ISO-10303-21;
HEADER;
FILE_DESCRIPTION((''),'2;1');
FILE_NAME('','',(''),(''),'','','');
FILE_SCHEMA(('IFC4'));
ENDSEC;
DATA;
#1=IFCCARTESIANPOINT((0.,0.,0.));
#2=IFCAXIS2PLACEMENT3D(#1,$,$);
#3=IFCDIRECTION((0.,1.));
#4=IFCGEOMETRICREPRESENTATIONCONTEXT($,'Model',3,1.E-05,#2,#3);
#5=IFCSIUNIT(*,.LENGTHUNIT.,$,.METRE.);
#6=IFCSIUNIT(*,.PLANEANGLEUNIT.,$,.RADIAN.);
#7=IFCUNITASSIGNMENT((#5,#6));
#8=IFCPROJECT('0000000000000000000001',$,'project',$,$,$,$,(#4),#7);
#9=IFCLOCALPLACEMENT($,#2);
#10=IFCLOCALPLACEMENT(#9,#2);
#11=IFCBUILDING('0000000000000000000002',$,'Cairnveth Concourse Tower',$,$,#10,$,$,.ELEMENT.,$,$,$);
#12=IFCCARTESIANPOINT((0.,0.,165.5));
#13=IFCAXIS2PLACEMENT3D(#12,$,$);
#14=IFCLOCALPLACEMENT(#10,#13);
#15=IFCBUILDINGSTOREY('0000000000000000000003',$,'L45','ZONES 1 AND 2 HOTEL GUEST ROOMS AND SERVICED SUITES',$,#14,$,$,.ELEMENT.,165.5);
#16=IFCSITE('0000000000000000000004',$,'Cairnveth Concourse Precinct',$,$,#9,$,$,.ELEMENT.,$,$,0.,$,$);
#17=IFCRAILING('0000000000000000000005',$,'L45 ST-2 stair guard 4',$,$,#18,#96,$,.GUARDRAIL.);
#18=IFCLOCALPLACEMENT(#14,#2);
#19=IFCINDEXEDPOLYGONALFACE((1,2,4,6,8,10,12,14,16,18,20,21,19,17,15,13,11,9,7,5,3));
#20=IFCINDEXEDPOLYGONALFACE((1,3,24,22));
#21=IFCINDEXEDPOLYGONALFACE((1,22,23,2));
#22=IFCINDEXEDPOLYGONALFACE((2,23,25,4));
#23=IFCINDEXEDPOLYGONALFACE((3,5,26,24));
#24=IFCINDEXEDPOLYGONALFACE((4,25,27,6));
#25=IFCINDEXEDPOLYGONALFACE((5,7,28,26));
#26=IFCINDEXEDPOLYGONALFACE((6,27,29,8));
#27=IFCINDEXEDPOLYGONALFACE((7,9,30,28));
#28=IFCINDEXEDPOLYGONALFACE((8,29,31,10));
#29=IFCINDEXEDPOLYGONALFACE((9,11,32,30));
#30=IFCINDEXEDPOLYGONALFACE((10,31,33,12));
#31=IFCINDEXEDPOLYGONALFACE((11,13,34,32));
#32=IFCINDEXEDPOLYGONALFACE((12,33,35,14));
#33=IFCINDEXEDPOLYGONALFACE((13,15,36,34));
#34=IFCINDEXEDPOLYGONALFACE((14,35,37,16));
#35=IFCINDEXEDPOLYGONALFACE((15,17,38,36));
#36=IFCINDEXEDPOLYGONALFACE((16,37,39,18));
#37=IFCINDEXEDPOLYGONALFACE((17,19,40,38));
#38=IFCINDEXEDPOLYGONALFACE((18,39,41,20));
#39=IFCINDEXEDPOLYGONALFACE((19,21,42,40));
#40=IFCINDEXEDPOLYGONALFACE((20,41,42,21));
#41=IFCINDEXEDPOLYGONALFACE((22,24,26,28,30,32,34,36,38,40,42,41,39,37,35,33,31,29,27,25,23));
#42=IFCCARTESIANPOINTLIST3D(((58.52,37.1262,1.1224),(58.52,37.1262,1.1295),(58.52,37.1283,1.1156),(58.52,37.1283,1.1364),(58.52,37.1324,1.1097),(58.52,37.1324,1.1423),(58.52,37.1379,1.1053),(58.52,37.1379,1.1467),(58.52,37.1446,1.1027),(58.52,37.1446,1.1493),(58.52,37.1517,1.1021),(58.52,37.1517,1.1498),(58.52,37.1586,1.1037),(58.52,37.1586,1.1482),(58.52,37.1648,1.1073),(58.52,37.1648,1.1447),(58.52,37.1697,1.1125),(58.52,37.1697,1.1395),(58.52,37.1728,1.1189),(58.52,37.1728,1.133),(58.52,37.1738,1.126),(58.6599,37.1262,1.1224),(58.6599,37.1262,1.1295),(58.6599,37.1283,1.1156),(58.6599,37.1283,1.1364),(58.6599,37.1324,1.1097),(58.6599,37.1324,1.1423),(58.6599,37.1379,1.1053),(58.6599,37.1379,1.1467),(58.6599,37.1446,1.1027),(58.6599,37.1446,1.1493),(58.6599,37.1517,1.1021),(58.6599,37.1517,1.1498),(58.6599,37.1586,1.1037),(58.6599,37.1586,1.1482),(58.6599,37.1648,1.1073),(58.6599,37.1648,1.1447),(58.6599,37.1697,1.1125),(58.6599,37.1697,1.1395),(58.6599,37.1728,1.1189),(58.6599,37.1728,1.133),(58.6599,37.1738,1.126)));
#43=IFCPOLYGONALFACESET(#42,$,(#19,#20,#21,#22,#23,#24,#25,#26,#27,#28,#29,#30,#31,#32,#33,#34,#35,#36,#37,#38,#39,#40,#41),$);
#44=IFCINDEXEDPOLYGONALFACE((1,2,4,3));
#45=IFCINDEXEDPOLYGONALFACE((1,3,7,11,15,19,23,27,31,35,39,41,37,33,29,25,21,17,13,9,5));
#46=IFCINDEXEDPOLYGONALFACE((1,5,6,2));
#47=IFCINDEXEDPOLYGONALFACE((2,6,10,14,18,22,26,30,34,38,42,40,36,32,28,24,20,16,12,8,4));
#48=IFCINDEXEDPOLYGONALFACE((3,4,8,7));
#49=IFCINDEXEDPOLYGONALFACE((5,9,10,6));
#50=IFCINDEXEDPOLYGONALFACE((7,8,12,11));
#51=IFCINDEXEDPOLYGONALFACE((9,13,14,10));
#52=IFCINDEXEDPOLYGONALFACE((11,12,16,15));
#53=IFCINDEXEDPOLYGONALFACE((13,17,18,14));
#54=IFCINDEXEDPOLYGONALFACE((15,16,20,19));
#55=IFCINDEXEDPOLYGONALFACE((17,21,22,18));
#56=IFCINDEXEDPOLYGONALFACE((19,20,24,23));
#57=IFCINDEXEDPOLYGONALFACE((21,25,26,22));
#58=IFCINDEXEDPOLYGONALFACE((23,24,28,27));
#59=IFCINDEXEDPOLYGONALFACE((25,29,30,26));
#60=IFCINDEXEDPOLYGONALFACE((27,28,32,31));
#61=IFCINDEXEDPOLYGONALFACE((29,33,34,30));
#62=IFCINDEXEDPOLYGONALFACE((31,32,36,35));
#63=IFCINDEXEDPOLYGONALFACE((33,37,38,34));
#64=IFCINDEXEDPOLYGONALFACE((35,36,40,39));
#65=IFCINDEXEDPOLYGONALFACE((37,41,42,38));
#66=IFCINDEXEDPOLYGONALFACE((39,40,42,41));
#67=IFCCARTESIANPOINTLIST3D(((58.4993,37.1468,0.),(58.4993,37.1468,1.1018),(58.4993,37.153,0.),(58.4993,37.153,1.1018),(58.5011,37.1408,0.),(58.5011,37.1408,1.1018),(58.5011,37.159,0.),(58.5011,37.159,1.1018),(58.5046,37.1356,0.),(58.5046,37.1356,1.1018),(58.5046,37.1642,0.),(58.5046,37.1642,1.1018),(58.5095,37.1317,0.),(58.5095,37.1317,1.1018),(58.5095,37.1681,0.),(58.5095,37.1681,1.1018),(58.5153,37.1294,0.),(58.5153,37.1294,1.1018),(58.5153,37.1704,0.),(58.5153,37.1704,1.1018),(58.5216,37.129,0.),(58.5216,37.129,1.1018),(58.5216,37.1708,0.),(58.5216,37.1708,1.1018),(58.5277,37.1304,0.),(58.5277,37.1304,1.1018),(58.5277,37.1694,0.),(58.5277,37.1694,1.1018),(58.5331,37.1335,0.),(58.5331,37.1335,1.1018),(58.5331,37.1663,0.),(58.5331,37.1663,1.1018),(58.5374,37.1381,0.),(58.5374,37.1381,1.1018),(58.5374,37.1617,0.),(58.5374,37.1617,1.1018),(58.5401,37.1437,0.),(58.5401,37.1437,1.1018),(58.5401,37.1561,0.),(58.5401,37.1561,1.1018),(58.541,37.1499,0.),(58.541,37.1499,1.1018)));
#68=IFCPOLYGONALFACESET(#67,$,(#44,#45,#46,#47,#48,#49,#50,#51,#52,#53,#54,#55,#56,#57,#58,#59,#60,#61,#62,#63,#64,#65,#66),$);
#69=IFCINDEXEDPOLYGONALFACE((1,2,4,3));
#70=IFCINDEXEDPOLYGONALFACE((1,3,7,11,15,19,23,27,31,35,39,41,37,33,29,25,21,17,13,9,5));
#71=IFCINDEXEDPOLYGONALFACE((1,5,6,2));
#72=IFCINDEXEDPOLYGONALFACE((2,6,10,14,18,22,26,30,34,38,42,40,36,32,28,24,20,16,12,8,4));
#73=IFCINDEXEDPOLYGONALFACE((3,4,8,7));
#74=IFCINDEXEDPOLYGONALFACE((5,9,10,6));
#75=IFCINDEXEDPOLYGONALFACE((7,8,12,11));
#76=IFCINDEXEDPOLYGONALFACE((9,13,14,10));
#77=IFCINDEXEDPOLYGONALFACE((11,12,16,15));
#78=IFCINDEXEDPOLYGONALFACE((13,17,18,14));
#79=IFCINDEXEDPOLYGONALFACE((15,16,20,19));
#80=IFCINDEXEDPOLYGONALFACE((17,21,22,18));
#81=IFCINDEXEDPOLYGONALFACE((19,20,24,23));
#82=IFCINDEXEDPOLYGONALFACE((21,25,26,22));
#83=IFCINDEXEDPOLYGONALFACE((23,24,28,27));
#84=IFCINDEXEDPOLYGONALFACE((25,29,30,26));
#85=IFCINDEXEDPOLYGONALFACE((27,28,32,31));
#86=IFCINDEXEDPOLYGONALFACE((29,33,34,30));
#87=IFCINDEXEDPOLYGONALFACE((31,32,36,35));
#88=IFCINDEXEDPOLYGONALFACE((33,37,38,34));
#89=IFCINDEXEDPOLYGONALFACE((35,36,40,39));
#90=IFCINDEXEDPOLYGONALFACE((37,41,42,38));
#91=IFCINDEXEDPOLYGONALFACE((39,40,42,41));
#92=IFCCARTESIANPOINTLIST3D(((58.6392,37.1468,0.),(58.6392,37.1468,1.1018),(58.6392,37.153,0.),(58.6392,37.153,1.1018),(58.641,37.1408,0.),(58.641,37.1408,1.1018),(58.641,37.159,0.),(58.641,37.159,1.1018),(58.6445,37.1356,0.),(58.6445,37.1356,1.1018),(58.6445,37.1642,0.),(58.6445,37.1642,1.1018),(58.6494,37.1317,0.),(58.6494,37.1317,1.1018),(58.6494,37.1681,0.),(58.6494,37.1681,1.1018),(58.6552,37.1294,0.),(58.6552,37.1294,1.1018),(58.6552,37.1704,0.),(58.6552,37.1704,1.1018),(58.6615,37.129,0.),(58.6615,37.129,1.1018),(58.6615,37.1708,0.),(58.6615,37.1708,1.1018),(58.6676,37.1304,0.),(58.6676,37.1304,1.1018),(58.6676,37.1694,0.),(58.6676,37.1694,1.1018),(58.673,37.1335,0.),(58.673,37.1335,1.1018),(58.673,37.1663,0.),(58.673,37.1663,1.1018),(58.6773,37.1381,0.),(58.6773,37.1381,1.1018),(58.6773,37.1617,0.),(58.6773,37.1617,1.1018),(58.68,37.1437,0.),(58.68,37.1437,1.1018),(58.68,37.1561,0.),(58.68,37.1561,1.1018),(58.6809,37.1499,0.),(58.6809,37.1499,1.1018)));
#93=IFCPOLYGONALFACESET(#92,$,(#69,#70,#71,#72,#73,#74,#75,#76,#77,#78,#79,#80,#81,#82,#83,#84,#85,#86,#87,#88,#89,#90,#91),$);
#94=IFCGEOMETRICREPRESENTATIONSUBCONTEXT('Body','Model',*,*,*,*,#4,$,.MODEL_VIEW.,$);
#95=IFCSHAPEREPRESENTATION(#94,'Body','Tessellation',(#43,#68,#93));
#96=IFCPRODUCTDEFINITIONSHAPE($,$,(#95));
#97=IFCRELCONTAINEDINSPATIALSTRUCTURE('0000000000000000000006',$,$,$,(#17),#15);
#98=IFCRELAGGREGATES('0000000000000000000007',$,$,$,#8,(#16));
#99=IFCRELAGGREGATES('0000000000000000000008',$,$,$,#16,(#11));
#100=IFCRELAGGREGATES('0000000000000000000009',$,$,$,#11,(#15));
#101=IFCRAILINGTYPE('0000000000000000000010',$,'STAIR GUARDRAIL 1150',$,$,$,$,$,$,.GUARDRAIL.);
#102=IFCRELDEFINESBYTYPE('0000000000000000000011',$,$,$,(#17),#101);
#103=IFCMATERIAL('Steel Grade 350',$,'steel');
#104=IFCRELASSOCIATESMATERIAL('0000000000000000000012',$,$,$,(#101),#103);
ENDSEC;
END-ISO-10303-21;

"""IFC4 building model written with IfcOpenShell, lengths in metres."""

from ifc_helpers import new_model, si_unit, direction, frame, origin, origin_2d, place, context, subcontext, project, spatial, circle, extrude, material, type_object, element, save


model = new_model("IFC4")

# Units and contexts
model_context = context("Model", 3, precision=1e-05, world=origin(), true_north=direction((0.0, 1.0)))
body_context = subcontext(model_context, "Body", "Model", "MODEL_VIEW")
ifc_project = project(units=[si_unit("LENGTHUNIT", "METRE"), si_unit("PLANEANGLEUNIT", "RADIAN")], contexts=[model_context])

# Site, building, storey
site_placement = place(None, origin())
site = spatial("IfcSite", under=ifc_project, at=site_placement, Name="Cairnveth Concourse Precinct", CompositionType="ELEMENT", RefElevation=0.0)
building_placement = place(site_placement, origin())
building = spatial("IfcBuilding", under=site, at=building_placement, Name="Cairnveth Concourse Tower", CompositionType="ELEMENT")
storey_placement = place(building_placement, frame((0.0, 0.0, 165.5)))
storey = spatial("IfcBuildingStorey", under=building, at=storey_placement, Name="L45", Description="ZONES 1 AND 2 HOTEL GUEST ROOMS AND SERVICED SUITES", CompositionType="ELEMENT", Elevation=165.5)

# Shared definitions
ifc_material_1 = material(Name="Steel Grade 350", Category="steel")

# Railing
railing_type_1 = type_object("IfcRailingType", Name="STAIR GUARDRAIL 1150", PredefinedType="GUARDRAIL", material=ifc_material_1)
railing_1_placement = place(storey_placement, frame((58.52, 37.1499, 0.0)))
element("IfcRailing", 1, at=railing_1_placement, inside=storey, type_object=railing_type_1, Name="L45 ST-2 stair guard 4", PredefinedType="GUARDRAIL", context=body_context, shape_type="SweptSolid", body=[
    extrude(circle(Radius=0.0239, at=origin_2d()), frame((0.0, 0.0, 1.126), z_axis=(1.0, 0.0, 0.0), x_axis=(0.0, 1.0, 0.0)), (0.0, 0.0, 1.0), 0.1399),
    extrude(circle(Radius=0.021, at=origin_2d()), origin(), (0.0, 0.0, 1.0), 1.1018),
    extrude(circle(Radius=0.021, at=origin_2d()), frame((0.1399, 0.0, 0.0)), (0.0, 0.0, 1.0), 1.1018),
])

save(model, "model.ifc")
